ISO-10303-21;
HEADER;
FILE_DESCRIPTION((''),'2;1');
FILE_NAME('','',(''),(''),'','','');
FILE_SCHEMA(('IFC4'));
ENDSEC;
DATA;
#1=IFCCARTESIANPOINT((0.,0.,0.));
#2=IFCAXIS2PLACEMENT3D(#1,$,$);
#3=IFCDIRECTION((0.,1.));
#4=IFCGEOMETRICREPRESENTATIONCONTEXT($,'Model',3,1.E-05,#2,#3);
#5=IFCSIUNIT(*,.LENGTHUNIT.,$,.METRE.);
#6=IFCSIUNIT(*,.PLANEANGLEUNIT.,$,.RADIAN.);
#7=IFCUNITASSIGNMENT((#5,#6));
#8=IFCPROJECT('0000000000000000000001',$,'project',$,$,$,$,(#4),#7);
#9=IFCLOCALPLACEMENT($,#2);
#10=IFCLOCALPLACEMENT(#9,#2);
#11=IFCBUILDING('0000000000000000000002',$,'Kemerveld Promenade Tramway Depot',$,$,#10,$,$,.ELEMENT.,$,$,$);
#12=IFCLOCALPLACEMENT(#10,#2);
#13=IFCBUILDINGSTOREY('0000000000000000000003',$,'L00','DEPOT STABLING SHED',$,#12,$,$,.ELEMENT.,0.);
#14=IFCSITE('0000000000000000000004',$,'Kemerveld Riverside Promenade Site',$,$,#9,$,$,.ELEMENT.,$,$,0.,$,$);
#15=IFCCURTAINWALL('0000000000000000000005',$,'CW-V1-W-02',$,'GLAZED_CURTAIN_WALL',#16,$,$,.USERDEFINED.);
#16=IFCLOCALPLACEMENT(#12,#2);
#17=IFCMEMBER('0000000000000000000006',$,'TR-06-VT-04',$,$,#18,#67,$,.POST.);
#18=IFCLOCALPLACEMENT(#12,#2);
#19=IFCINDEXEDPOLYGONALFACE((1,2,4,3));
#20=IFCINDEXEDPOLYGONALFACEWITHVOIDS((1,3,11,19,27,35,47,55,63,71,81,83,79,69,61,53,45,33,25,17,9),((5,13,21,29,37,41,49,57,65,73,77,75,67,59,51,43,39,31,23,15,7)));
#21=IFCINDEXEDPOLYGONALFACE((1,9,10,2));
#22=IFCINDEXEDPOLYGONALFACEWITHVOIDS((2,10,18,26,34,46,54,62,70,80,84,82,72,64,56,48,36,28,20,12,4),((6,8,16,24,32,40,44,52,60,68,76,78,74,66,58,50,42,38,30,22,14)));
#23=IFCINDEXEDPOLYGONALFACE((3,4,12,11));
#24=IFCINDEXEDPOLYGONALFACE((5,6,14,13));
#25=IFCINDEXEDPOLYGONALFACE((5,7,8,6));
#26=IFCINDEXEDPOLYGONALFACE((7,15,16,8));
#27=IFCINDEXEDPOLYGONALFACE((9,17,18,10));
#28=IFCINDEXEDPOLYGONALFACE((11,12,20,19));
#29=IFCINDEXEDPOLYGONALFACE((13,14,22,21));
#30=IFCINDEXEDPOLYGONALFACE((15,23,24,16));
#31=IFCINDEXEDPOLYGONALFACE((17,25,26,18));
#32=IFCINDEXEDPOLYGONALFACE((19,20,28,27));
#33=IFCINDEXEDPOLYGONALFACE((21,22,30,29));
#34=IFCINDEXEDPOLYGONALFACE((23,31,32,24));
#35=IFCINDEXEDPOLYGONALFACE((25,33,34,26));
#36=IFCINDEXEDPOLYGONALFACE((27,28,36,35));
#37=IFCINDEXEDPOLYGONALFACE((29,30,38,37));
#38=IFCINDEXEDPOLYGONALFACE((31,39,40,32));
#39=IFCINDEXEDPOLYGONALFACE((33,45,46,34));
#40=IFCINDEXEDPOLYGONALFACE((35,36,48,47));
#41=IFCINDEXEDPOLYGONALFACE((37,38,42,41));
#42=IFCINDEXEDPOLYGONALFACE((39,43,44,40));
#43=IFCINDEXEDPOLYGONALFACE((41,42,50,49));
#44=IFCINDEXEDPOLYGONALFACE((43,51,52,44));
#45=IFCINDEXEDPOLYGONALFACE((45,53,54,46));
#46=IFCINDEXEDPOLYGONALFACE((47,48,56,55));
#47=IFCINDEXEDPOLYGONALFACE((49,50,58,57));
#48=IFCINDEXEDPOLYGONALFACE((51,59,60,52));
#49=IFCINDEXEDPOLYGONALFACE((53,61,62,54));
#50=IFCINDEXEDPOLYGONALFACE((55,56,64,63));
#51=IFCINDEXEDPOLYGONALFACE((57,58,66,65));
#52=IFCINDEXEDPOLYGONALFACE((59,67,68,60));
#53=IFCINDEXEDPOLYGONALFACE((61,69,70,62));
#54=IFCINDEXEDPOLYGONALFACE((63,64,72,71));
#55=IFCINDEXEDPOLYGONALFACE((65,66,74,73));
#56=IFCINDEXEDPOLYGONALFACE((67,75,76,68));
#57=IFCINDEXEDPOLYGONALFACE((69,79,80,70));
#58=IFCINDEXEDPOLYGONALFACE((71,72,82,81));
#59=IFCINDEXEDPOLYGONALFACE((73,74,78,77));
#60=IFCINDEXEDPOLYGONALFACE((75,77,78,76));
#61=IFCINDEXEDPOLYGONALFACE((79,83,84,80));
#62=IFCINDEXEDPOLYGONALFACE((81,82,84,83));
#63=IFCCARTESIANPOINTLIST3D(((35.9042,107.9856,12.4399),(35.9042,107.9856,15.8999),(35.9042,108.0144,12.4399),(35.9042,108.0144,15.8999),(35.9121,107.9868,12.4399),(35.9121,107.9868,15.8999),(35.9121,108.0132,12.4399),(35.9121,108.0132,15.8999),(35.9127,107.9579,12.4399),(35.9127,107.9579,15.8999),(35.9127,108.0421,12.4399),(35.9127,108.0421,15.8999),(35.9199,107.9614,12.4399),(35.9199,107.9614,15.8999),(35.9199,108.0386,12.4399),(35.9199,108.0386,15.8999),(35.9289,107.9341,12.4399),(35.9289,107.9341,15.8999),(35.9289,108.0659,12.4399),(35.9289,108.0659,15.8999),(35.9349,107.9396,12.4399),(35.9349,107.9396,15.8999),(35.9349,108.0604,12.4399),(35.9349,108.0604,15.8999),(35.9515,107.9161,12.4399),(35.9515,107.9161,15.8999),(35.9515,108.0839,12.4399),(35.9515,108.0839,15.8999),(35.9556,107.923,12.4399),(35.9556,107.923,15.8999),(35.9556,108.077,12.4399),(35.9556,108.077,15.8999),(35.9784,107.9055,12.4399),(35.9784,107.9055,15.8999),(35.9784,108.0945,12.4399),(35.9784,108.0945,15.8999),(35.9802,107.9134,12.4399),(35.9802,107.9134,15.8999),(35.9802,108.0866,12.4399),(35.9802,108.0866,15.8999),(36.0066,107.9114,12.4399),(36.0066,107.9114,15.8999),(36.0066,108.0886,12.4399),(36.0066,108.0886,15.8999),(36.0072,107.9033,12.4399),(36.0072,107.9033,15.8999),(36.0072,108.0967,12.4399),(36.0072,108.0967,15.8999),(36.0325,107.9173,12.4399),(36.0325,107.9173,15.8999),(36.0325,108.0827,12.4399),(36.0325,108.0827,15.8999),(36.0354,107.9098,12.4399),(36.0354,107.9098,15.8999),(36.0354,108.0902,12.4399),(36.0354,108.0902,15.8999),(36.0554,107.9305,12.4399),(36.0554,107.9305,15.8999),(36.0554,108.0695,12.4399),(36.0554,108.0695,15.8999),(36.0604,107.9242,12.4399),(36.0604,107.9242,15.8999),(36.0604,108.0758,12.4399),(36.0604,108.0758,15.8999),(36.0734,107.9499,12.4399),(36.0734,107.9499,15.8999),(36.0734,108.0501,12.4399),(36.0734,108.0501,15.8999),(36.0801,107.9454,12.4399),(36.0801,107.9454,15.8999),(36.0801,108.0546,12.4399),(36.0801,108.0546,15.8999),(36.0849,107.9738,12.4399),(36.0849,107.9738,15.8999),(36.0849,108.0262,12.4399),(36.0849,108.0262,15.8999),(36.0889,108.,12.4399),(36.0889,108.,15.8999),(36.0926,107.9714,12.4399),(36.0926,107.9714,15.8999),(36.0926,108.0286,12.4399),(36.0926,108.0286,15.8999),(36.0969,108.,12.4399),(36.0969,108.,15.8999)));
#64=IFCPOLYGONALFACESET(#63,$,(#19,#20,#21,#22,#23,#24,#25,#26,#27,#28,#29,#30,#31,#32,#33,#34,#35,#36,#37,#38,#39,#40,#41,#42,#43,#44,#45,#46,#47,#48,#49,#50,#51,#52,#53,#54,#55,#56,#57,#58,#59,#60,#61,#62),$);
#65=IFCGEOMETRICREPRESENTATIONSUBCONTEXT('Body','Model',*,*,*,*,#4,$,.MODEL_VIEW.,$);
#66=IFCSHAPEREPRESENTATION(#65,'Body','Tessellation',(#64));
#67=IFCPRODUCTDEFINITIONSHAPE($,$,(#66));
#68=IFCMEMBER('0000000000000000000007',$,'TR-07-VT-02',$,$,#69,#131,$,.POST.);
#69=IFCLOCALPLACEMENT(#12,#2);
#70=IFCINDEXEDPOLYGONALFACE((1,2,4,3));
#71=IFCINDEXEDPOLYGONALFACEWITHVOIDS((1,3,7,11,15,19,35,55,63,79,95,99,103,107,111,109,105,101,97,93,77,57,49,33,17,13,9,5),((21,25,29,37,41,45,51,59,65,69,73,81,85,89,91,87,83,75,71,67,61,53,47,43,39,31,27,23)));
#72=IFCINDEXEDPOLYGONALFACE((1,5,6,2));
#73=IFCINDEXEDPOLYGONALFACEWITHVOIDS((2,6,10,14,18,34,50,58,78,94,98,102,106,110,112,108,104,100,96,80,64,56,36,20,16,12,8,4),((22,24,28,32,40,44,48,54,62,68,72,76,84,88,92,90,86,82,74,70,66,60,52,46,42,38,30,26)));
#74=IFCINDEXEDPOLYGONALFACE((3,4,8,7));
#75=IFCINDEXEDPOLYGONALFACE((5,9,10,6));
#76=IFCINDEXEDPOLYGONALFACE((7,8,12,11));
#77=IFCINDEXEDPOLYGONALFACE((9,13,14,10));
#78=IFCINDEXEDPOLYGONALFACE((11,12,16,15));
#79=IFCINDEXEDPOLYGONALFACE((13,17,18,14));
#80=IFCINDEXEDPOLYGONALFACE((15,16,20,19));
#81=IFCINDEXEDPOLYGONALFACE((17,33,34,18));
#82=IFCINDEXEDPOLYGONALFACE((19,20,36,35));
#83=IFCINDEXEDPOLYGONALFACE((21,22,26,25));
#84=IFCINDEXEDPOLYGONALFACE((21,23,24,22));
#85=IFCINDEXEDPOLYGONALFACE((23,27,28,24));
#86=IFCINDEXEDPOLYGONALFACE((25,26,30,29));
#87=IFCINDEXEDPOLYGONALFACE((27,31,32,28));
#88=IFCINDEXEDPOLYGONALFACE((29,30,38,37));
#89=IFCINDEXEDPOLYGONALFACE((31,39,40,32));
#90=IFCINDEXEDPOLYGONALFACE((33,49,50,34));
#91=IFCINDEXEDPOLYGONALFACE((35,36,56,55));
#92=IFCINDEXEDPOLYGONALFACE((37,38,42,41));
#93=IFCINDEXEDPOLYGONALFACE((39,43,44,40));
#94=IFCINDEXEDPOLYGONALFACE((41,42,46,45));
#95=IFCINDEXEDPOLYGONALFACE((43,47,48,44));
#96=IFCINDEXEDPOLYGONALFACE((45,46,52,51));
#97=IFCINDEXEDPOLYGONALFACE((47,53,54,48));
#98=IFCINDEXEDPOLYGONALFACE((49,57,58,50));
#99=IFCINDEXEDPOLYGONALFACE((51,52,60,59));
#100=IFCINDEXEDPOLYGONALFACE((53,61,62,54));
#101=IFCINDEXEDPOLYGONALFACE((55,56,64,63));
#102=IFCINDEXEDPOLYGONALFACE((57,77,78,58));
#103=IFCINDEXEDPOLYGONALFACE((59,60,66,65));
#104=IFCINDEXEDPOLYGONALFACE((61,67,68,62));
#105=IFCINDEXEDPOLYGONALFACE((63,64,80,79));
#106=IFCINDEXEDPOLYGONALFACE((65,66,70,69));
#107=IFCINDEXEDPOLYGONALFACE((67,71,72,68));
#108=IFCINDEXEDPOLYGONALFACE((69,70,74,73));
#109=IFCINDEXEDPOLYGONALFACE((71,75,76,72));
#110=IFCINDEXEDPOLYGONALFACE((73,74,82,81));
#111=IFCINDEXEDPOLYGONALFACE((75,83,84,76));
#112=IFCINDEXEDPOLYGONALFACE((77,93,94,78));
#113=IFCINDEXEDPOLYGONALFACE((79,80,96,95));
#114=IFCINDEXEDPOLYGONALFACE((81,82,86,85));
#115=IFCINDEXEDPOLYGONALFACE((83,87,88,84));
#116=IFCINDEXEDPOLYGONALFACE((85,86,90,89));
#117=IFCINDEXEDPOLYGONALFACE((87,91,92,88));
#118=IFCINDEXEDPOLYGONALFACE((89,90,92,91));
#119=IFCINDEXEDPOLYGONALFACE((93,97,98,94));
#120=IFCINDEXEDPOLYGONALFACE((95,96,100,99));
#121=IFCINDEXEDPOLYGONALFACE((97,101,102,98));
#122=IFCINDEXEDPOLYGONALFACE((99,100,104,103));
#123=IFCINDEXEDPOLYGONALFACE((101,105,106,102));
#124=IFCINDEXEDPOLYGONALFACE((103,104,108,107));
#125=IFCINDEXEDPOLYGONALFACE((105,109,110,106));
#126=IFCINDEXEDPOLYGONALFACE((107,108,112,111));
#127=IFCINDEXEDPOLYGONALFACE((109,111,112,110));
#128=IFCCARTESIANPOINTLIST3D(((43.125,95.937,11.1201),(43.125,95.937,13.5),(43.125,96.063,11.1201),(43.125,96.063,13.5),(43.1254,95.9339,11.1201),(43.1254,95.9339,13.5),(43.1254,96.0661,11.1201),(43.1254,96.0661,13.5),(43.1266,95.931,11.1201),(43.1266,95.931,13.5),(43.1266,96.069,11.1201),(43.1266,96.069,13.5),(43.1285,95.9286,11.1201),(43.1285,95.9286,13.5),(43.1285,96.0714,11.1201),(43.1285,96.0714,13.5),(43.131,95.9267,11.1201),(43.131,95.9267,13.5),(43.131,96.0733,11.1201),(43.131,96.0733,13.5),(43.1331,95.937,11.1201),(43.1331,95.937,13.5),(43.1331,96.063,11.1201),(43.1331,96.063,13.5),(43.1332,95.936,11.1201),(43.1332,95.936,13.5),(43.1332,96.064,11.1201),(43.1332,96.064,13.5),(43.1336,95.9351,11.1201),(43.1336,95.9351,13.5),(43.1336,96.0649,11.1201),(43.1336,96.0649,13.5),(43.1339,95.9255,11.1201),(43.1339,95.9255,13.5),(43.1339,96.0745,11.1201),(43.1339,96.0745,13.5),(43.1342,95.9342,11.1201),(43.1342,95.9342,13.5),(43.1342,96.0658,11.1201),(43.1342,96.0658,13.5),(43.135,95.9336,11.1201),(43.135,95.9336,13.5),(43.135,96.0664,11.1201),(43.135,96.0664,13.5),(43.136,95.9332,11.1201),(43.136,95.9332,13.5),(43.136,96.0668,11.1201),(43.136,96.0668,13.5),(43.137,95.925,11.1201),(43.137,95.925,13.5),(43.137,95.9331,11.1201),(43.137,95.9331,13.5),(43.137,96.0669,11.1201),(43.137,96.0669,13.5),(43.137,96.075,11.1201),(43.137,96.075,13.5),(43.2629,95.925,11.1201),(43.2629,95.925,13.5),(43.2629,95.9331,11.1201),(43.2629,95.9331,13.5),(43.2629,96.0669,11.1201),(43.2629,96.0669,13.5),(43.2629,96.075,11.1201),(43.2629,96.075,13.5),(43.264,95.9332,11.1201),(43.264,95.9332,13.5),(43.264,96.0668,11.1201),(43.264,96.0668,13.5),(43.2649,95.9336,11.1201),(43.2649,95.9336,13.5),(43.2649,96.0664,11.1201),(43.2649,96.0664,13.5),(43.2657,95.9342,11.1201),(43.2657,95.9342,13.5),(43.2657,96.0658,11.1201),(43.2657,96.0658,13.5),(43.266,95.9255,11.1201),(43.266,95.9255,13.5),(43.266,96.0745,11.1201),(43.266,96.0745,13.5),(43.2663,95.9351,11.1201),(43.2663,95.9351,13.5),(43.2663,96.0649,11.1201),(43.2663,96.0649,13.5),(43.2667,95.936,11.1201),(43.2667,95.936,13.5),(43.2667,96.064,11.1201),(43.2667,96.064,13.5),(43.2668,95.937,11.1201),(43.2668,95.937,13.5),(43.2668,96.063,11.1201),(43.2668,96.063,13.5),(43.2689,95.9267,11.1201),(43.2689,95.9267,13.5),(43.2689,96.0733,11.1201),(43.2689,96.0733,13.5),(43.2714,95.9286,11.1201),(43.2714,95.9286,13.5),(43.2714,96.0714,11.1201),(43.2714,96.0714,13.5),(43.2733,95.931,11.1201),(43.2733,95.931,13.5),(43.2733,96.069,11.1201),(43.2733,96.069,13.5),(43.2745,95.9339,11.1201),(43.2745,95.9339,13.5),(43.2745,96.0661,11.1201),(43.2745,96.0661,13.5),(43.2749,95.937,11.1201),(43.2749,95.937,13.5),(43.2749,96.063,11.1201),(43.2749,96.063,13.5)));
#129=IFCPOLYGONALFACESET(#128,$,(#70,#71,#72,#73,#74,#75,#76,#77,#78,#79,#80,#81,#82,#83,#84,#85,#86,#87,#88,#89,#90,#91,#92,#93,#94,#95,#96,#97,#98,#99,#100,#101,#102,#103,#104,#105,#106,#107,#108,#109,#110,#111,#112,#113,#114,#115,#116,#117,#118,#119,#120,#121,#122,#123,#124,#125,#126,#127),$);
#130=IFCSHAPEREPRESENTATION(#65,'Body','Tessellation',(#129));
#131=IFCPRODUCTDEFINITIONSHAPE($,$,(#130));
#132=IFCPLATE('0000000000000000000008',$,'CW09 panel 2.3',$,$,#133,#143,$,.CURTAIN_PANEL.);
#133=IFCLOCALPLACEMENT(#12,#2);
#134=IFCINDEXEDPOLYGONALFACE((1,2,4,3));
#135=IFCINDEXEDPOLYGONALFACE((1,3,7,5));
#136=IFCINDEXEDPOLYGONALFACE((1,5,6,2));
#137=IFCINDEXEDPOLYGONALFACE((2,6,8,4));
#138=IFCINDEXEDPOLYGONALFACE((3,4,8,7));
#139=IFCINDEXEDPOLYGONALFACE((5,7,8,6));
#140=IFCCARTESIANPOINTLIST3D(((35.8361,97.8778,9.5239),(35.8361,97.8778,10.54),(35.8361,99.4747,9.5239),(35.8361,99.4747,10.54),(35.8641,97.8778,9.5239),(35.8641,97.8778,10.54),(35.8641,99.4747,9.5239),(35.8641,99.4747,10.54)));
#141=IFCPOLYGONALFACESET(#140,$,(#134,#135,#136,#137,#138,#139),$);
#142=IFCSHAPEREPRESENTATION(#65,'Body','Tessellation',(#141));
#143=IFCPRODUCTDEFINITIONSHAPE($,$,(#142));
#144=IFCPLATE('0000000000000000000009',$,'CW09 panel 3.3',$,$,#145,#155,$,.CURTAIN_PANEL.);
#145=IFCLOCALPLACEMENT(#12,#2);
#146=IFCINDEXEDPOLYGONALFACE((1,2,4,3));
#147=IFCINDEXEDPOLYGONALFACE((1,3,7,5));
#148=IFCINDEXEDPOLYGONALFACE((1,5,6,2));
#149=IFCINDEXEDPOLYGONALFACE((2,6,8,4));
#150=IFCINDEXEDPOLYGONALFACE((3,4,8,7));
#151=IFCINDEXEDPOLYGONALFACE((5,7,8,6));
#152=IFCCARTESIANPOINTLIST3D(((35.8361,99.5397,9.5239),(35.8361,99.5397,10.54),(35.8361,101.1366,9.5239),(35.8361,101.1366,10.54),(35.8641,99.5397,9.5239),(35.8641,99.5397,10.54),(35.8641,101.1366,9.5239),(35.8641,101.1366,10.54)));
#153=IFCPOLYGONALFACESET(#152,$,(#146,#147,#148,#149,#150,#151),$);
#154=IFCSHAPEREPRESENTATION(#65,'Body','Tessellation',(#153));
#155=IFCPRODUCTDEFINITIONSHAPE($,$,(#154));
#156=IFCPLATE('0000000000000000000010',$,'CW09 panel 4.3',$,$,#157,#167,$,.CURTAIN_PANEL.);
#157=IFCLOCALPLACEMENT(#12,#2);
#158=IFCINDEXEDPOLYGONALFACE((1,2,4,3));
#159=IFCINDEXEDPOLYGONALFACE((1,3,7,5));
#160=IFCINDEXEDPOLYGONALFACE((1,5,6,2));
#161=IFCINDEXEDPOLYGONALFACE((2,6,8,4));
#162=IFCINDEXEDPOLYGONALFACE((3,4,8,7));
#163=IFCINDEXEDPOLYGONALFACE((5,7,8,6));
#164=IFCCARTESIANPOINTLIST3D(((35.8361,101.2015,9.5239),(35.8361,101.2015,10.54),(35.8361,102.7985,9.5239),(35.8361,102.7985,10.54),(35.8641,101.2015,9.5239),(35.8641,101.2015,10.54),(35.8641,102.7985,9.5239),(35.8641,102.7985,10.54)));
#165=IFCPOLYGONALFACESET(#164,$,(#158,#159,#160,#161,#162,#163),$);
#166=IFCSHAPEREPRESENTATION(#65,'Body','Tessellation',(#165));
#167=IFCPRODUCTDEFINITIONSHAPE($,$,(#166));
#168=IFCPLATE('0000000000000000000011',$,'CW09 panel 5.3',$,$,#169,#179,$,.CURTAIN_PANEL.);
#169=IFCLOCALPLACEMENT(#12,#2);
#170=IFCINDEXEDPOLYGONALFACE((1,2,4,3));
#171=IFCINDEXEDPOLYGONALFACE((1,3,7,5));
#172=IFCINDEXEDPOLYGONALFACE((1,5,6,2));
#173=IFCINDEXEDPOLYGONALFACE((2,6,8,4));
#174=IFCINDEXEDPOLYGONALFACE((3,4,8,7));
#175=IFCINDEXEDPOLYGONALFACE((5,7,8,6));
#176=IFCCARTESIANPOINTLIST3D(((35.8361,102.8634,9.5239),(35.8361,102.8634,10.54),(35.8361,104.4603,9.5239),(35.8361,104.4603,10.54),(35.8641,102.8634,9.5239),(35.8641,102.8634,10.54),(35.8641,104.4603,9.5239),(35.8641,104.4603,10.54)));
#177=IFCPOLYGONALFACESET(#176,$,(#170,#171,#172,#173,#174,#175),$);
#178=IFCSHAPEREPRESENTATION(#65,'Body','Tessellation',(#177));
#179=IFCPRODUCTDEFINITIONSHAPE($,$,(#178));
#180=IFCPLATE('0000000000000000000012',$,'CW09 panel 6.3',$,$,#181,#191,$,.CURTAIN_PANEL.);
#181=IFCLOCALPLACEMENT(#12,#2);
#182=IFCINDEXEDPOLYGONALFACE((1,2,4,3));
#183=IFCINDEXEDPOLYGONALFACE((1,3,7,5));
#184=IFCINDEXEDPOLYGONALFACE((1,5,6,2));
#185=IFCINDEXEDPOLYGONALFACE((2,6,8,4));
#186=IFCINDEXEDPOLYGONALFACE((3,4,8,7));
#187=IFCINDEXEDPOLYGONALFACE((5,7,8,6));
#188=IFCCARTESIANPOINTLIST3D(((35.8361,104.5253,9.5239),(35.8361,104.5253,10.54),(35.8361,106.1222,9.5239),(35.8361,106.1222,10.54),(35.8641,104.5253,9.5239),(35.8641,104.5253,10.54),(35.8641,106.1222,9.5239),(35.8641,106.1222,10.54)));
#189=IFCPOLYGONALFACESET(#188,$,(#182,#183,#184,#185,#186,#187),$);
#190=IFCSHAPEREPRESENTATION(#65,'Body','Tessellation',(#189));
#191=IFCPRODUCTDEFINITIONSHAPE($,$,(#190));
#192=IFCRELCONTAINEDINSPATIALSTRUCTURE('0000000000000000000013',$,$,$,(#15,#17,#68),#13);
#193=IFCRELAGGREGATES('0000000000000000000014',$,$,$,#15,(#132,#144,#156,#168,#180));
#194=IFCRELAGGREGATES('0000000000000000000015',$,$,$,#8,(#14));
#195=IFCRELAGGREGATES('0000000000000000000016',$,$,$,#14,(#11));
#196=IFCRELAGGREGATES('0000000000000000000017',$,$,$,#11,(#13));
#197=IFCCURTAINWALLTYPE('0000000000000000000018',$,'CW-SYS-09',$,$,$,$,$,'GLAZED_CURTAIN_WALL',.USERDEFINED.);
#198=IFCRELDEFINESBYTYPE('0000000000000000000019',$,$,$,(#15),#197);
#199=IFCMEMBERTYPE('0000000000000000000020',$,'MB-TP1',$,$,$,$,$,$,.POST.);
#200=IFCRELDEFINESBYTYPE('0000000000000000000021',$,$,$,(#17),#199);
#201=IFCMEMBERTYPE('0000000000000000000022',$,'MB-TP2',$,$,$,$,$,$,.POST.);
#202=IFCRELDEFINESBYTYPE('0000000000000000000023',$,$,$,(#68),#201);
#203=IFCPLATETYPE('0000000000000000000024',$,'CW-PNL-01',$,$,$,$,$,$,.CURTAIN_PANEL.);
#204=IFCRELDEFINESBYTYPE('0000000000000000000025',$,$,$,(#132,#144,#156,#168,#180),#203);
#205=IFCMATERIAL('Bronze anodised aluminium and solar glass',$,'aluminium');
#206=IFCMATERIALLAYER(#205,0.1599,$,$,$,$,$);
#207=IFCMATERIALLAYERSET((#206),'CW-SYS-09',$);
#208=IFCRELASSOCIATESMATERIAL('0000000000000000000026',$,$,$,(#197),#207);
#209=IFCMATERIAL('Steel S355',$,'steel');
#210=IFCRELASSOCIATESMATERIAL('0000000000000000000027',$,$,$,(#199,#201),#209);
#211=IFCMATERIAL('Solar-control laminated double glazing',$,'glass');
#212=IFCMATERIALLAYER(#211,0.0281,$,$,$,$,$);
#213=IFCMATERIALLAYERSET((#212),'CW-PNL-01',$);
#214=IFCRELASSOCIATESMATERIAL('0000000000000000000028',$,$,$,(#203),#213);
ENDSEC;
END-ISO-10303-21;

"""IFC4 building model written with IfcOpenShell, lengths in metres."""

from ifc_helpers import new_model, si_unit, direction, frame, origin, origin_2d, place, context, subcontext, project, spatial, rectangle, hollow_rectangle, hollow_circle, extrude, material, layer, layer_set, material_profile, profile_set, type_object, element, aggregate, save


model = new_model("IFC4")

# Units and contexts
model_context = context("Model", 3, precision=1e-05, world=origin(), true_north=direction((0.0, 1.0)))
body_context = subcontext(model_context, "Body", "Model", "MODEL_VIEW")
ifc_project = project(units=[si_unit("LENGTHUNIT", "METRE"), si_unit("PLANEANGLEUNIT", "RADIAN")], contexts=[model_context])

# Site, building, storey
site_placement = place(None, origin())
site = spatial("IfcSite", under=ifc_project, at=site_placement, Name="Kemerveld Riverside Promenade Site", CompositionType="ELEMENT", RefElevation=0.0)
building_placement = place(site_placement, origin())
building = spatial("IfcBuilding", under=site, at=building_placement, Name="Kemerveld Promenade Tramway Depot", CompositionType="ELEMENT")
storey_placement = place(building_placement, origin())
storey = spatial("IfcBuildingStorey", under=building, at=storey_placement, Name="L00", Description="DEPOT STABLING SHED", CompositionType="ELEMENT", Elevation=0.0)

# Shared definitions
ifc_material_1 = material(Name="Steel S355", Category="steel")

# Curtain wall
ifc_material_2 = material(Name="Bronze anodised aluminium and solar glass", Category="aluminium")
ifc_layer_1 = layer(ifc_material_2, 0.1599)
ifc_layer_set_1 = layer_set([ifc_layer_1], Name="CW-SYS-09")
curtain_wall_type_1 = type_object("IfcCurtainWallType", Name="CW-SYS-09", ElementType="GLAZED_CURTAIN_WALL", PredefinedType="USERDEFINED", material=ifc_layer_set_1)
curtain_wall_1_placement = place(storey_placement, origin())
curtain_wall_1 = element("IfcCurtainWall", 1, at=curtain_wall_1_placement, inside=storey, type_object=curtain_wall_type_1, Name="CW-V1-W-02", ObjectType="GLAZED_CURTAIN_WALL", PredefinedType="USERDEFINED")

# Members
ifc_material_profile_1 = material_profile(ifc_material_1, hollow_circle(Radius=0.0969, WallThickness=0.0081, at=origin_2d()), Name="193.7x8.0 CHS")
ifc_profile_set_1 = profile_set([ifc_material_profile_1], Name="Steel S355")
member_type_1 = type_object("IfcMemberType", Name="MB-TP1", PredefinedType="POST", material=ifc_profile_set_1)
member_1_placement = place(storey_placement, frame((36.0, 108.0, 12.4399), z_axis=(0.0, 0.0, 1.0), x_axis=(1.0, 0.0, 0.0)))
element("IfcMember", 2, at=member_1_placement, inside=storey, type_object=member_type_1, Name="TR-06-VT-04", PredefinedType="POST", context=body_context, shape_type="SweptSolid", body=[
    extrude(hollow_circle(Radius=0.0969, WallThickness=0.0081, at=origin_2d()), origin(), (0.0, 0.0, 1.0), 3.46),
])
ifc_material_profile_2 = material_profile(ifc_material_1, hollow_rectangle(XDim=0.1499, YDim=0.1499, WallThickness=0.0081, InnerFilletRadius=0.0039, OuterFilletRadius=0.012, at=origin_2d()), Name="150x150x8.0 SHS")
ifc_profile_set_2 = profile_set([ifc_material_profile_2], Name="Steel S355")
member_type_2 = type_object("IfcMemberType", Name="MB-TP2", PredefinedType="POST", material=ifc_profile_set_2)
member_2_placement = place(storey_placement, frame((43.2, 96.0, 11.1201), z_axis=(0.0, 0.0, 1.0), x_axis=(1.0, 0.0, 0.0)))
element("IfcMember", 3, at=member_2_placement, inside=storey, type_object=member_type_2, Name="TR-07-VT-02", PredefinedType="POST", context=body_context, shape_type="SweptSolid", body=[
    extrude(hollow_rectangle(XDim=0.1499, YDim=0.1499, WallThickness=0.0081, InnerFilletRadius=0.0039, OuterFilletRadius=0.012, at=origin_2d()), origin(), (0.0, 0.0, 1.0), 2.3799),
])

# Plates
ifc_material_3 = material(Name="Solar-control laminated double glazing", Category="glass")
ifc_layer_2 = layer(ifc_material_3, 0.0281)
ifc_layer_set_2 = layer_set([ifc_layer_2], Name="CW-PNL-01")
plate_type_1 = type_object("IfcPlateType", Name="CW-PNL-01", PredefinedType="CURTAIN_PANEL", material=ifc_layer_set_2)
plate_1_placement = place(storey_placement, frame((35.8501, 98.6763, 9.5239), z_axis=(0.0, 0.0, 1.0), x_axis=(0.0, 1.0, 0.0)))
plate_1 = element("IfcPlate", 4, at=plate_1_placement, type_object=plate_type_1, Name="CW09 panel 2.3", PredefinedType="CURTAIN_PANEL", context=body_context, shape_type="SweptSolid", body=[
    extrude(rectangle(XDim=1.5969, YDim=0.0281, at=origin_2d()), origin(), (0.0, 0.0, 1.0), 1.0161),
])
plate_2_placement = place(storey_placement, frame((35.8501, 100.3381, 9.5239), z_axis=(0.0, 0.0, 1.0), x_axis=(0.0, 1.0, 0.0)))
plate_2 = element("IfcPlate", 5, at=plate_2_placement, type_object=plate_type_1, Name="CW09 panel 3.3", PredefinedType="CURTAIN_PANEL", context=body_context, shape_type="SweptSolid", body=[
    extrude(rectangle(XDim=1.5969, YDim=0.0281, at=origin_2d()), origin(), (0.0, 0.0, 1.0), 1.0161),
])
plate_3_placement = place(storey_placement, frame((35.8501, 102.0, 9.5239), z_axis=(0.0, 0.0, 1.0), x_axis=(0.0, 1.0, 0.0)))
plate_3 = element("IfcPlate", 6, at=plate_3_placement, type_object=plate_type_1, Name="CW09 panel 4.3", PredefinedType="CURTAIN_PANEL", context=body_context, shape_type="SweptSolid", body=[
    extrude(rectangle(XDim=1.5969, YDim=0.0281, at=origin_2d()), origin(), (0.0, 0.0, 1.0), 1.0161),
])
plate_4_placement = place(storey_placement, frame((35.8501, 103.6619, 9.5239), z_axis=(0.0, 0.0, 1.0), x_axis=(0.0, 1.0, 0.0)))
plate_4 = element("IfcPlate", 7, at=plate_4_placement, type_object=plate_type_1, Name="CW09 panel 5.3", PredefinedType="CURTAIN_PANEL", context=body_context, shape_type="SweptSolid", body=[
    extrude(rectangle(XDim=1.5969, YDim=0.0281, at=origin_2d()), origin(), (0.0, 0.0, 1.0), 1.0161),
])
plate_5_placement = place(storey_placement, frame((35.8501, 105.3237, 9.5239), z_axis=(0.0, 0.0, 1.0), x_axis=(0.0, 1.0, 0.0)))
plate_5 = element("IfcPlate", 8, at=plate_5_placement, type_object=plate_type_1, Name="CW09 panel 6.3", PredefinedType="CURTAIN_PANEL", context=body_context, shape_type="SweptSolid", body=[
    extrude(rectangle(XDim=1.5969, YDim=0.0281, at=origin_2d()), origin(), (0.0, 0.0, 1.0), 1.0161),
])
aggregate(curtain_wall_1, [plate_1, plate_2, plate_3, plate_4, plate_5])

save(model, "model.ifc")
